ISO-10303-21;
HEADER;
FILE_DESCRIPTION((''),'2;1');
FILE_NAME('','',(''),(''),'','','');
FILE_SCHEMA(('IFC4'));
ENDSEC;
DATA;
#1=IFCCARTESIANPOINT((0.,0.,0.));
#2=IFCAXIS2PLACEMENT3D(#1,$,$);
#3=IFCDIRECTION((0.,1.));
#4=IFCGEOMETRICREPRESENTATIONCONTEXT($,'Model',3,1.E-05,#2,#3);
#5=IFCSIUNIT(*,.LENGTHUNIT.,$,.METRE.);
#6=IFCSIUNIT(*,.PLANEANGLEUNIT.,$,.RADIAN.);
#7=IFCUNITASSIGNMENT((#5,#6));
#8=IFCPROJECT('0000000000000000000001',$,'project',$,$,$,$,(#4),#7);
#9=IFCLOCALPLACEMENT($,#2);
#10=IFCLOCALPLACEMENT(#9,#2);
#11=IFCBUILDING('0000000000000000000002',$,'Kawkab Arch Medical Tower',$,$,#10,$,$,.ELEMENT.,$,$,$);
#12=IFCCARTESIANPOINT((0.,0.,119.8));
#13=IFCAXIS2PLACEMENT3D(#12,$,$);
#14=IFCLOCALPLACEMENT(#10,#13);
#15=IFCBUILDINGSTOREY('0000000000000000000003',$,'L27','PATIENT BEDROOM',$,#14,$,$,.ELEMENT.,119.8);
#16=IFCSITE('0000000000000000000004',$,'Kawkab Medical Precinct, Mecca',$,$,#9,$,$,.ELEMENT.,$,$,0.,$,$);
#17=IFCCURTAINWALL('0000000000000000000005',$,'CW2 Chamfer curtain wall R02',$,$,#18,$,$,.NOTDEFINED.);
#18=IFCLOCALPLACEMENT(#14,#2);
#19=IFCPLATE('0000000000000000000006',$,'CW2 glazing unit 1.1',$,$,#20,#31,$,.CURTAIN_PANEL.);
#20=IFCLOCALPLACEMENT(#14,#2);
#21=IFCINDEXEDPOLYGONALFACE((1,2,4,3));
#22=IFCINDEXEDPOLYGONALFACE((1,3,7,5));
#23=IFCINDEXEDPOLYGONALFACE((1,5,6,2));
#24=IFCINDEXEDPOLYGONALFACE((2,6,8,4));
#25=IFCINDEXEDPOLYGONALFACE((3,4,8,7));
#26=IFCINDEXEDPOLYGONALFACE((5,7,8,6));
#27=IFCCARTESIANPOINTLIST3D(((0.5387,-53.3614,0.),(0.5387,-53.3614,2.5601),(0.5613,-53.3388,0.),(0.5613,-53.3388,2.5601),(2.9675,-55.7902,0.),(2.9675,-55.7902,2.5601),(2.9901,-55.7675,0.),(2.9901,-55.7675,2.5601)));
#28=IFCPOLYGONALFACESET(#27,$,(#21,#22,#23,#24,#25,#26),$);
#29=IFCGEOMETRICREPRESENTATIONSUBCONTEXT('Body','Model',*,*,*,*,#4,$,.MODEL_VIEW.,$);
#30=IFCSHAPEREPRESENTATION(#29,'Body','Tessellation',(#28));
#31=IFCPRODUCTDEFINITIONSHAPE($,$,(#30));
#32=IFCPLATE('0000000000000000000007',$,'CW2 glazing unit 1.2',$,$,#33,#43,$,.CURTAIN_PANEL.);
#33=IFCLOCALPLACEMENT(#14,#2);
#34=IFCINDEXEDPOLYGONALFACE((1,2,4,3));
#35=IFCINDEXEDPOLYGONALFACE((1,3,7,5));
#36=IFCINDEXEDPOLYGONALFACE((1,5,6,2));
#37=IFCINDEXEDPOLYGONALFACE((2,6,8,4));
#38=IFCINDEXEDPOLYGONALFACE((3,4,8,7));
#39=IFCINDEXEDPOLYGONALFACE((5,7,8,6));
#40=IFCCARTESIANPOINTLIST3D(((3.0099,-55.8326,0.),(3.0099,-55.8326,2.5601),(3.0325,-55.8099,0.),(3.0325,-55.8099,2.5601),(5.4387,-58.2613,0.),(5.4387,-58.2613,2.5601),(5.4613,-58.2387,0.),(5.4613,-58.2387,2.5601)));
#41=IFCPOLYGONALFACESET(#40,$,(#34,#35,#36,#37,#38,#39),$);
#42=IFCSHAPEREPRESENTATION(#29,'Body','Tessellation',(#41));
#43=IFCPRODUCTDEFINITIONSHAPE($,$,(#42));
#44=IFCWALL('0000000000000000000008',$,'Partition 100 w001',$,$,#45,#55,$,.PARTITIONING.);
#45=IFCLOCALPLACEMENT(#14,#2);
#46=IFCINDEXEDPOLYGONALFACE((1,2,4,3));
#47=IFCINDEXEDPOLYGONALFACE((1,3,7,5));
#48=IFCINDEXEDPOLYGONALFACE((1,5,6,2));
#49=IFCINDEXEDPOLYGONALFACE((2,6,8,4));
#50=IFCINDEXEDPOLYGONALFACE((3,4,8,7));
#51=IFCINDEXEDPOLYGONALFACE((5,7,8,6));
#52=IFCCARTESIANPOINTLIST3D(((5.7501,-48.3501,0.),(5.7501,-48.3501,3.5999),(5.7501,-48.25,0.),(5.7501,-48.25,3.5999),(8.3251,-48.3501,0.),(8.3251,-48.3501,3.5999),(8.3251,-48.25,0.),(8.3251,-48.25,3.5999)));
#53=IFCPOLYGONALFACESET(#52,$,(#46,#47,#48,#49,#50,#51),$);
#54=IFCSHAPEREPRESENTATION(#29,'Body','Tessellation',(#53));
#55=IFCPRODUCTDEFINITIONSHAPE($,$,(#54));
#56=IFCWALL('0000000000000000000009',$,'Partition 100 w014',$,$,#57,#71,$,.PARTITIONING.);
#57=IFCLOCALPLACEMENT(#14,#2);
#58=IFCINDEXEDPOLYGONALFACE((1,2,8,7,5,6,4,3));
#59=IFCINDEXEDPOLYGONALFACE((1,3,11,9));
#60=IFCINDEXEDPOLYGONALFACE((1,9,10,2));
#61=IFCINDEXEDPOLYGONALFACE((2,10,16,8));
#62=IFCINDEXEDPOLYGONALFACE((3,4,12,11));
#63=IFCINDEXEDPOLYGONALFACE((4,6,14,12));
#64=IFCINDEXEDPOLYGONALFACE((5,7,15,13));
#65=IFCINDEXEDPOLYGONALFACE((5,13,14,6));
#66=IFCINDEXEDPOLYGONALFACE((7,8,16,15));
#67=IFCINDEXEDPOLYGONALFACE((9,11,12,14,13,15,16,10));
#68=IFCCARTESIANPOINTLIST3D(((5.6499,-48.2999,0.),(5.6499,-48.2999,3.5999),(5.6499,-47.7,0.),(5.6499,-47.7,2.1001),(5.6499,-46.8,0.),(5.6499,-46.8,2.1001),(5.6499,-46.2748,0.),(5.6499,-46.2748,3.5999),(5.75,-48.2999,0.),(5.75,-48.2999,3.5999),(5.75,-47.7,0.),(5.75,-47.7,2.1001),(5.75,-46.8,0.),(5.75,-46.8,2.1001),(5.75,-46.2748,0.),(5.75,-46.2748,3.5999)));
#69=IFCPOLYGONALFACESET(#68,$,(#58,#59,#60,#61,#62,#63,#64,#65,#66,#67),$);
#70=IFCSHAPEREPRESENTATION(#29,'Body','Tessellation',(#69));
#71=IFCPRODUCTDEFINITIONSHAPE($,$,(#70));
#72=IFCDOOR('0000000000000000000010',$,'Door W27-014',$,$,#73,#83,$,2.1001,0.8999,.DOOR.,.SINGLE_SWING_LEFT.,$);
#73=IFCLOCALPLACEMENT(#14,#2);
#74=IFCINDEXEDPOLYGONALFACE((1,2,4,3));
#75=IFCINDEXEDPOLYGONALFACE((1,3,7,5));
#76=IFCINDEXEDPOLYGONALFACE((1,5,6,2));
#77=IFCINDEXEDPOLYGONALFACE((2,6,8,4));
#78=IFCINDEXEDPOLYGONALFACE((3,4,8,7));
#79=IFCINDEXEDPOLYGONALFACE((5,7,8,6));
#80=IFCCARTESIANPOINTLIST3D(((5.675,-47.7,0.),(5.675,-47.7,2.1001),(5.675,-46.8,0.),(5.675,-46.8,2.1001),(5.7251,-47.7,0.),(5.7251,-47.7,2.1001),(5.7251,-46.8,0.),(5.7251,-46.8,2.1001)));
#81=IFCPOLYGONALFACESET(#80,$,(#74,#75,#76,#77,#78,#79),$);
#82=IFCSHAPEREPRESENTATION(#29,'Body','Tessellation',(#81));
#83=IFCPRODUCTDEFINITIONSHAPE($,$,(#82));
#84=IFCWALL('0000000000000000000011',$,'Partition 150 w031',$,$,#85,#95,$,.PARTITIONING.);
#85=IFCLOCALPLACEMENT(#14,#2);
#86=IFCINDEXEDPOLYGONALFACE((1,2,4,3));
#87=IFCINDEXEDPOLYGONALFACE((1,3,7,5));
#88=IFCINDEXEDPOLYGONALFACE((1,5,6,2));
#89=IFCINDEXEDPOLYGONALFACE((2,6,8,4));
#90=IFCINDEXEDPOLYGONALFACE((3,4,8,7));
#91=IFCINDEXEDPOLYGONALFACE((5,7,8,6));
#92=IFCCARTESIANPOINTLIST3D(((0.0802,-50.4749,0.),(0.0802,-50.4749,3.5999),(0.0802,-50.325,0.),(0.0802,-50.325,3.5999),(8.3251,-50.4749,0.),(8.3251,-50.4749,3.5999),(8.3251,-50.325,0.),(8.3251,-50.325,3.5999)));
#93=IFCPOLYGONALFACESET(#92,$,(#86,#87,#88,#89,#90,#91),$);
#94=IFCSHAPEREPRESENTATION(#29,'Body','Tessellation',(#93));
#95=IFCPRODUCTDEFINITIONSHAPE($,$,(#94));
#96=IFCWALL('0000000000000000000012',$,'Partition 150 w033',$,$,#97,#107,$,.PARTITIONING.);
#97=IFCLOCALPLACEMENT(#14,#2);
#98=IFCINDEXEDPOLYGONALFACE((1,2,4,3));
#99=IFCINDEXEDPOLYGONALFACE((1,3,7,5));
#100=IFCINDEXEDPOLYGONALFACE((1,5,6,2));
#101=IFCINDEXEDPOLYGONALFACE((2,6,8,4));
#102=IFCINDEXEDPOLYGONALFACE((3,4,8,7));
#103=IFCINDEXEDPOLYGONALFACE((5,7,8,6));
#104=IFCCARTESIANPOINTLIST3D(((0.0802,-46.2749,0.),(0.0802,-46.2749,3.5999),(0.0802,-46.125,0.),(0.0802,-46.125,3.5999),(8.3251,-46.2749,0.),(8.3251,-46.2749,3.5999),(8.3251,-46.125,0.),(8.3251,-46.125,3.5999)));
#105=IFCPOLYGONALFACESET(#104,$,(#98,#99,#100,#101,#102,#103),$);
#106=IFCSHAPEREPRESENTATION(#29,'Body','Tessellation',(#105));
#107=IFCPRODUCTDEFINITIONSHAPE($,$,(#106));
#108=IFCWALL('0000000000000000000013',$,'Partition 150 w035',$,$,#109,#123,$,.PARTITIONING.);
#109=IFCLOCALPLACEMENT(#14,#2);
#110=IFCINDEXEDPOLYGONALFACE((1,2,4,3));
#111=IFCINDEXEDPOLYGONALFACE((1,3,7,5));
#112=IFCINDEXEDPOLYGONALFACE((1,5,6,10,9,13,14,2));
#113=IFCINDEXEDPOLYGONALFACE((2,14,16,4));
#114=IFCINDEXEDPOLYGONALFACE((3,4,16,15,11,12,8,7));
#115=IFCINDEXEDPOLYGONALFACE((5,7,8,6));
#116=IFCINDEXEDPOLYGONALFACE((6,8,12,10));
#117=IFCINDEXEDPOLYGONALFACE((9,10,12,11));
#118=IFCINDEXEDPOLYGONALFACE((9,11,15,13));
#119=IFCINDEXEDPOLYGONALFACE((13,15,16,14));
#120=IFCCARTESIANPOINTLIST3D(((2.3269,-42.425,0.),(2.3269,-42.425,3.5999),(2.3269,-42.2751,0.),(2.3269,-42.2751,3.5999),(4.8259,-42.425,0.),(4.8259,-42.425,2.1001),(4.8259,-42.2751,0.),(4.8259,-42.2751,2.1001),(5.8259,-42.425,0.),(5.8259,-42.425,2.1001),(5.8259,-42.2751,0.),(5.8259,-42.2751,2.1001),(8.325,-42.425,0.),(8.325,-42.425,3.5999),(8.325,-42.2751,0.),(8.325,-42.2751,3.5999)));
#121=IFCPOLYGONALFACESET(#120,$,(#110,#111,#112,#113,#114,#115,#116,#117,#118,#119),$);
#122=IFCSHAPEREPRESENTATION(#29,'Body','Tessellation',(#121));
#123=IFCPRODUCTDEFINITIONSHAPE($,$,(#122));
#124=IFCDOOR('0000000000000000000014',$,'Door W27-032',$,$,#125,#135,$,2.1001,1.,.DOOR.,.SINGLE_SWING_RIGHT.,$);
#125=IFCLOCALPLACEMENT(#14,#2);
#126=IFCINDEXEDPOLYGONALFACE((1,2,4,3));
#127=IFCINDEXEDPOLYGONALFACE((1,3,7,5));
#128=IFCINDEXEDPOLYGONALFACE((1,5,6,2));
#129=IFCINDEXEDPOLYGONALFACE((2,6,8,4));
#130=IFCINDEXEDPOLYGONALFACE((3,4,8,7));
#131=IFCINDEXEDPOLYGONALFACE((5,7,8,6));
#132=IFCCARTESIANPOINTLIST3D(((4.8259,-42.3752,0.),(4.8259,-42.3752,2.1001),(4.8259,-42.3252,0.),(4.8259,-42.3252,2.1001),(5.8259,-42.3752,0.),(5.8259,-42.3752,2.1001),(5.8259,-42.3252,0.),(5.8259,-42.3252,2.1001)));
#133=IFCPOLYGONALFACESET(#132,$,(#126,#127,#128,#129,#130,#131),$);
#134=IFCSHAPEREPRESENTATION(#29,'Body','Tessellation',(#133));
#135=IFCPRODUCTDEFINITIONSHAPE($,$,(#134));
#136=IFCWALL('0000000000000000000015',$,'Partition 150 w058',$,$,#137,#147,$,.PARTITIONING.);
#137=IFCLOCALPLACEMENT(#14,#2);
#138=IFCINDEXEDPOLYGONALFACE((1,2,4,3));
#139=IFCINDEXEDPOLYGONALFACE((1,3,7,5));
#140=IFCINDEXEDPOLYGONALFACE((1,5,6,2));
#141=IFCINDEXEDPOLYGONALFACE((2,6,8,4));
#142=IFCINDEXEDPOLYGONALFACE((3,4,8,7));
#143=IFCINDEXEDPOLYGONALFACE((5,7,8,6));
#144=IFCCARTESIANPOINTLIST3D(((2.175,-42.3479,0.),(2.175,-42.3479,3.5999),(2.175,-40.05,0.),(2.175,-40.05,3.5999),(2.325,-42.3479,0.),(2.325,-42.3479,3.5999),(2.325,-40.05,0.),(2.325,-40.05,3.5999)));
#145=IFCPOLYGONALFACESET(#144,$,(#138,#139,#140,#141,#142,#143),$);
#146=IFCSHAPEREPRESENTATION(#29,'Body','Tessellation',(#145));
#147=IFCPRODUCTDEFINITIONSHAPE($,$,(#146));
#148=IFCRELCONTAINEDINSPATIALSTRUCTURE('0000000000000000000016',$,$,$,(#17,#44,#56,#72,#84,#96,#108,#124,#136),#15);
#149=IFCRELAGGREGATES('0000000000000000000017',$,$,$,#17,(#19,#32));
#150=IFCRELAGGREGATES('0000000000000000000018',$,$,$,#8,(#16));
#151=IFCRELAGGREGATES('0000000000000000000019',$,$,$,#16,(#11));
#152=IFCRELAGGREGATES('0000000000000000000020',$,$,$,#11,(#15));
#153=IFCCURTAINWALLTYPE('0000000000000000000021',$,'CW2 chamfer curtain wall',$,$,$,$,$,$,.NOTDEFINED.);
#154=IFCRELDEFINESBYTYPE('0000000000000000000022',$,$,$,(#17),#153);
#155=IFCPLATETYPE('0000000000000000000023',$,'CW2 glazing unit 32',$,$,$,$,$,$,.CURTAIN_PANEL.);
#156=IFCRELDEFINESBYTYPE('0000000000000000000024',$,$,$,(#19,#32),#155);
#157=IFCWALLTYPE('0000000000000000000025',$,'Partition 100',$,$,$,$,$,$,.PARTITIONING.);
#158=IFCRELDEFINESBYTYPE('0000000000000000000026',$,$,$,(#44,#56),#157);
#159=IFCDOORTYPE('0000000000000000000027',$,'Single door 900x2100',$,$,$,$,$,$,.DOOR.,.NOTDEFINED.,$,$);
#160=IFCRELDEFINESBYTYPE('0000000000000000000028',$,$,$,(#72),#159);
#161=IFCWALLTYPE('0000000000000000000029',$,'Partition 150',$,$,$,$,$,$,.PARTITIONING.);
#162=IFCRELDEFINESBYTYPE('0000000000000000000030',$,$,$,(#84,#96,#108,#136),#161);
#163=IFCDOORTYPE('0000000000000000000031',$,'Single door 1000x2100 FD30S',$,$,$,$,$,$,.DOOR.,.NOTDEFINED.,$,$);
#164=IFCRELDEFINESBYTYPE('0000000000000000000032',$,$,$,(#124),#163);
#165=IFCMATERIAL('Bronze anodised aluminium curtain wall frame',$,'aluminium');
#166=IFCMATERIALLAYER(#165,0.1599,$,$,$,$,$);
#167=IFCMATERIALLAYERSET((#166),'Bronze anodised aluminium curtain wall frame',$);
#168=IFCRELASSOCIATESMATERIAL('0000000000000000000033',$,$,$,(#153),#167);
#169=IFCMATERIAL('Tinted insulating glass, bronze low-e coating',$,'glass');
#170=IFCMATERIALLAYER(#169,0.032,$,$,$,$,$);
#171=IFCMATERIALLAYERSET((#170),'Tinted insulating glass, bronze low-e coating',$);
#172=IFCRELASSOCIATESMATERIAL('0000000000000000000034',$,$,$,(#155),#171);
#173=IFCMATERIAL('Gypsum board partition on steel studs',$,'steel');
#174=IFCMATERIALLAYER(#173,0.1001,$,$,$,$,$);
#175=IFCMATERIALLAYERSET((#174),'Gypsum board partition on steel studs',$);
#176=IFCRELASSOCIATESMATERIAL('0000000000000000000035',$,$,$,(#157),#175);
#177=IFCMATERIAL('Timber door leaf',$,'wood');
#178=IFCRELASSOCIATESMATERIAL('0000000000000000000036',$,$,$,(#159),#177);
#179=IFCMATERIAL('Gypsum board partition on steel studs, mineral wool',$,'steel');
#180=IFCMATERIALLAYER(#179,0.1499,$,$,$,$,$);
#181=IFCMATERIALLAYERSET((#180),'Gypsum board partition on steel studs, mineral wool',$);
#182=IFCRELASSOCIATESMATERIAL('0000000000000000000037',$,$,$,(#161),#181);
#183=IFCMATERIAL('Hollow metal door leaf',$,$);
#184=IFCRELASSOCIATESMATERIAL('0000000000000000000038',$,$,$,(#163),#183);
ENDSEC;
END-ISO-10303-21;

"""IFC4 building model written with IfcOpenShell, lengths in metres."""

from ifc_helpers import new_model, si_unit, direction, frame, frame_2d, origin, origin_2d, place, context, subcontext, project, spatial, rectangle, extrude, material, layer, layer_set, type_object, element, fill, aggregate, save


model = new_model("IFC4")

# Units and contexts
model_context = context("Model", 3, precision=1e-05, world=origin(), true_north=direction((0.0, 1.0)))
body_context = subcontext(model_context, "Body", "Model", "MODEL_VIEW")
ifc_project = project(units=[si_unit("LENGTHUNIT", "METRE"), si_unit("PLANEANGLEUNIT", "RADIAN")], contexts=[model_context])

# Site, building, storey
site_placement = place(None, origin())
site = spatial("IfcSite", under=ifc_project, at=site_placement, Name="Kawkab Medical Precinct, Mecca", CompositionType="ELEMENT", RefElevation=0.0)
building_placement = place(site_placement, origin())
building = spatial("IfcBuilding", under=site, at=building_placement, Name="Kawkab Arch Medical Tower", CompositionType="ELEMENT")
storey_placement = place(building_placement, frame((0.0, 0.0, 119.8)))
storey = spatial("IfcBuildingStorey", under=building, at=storey_placement, Name="L27", Description="PATIENT BEDROOM", CompositionType="ELEMENT", Elevation=119.8)

# Shared definitions
placement = place(storey_placement, origin())

# Curtain wall
ifc_material_1 = material(Name="Bronze anodised aluminium curtain wall frame", Category="aluminium")
ifc_layer_1 = layer(ifc_material_1, 0.1599)
ifc_layer_set_1 = layer_set([ifc_layer_1], Name="Bronze anodised aluminium curtain wall frame")
curtain_wall_type_1 = type_object("IfcCurtainWallType", Name="CW2 chamfer curtain wall", PredefinedType="NOTDEFINED", material=ifc_layer_set_1)
curtain_wall_1 = element("IfcCurtainWall", 1, at=placement, inside=storey, type_object=curtain_wall_type_1, Name="CW2 Chamfer curtain wall R02", PredefinedType="NOTDEFINED")

# Plates
ifc_material_2 = material(Name="Tinted insulating glass, bronze low-e coating", Category="glass")
ifc_layer_2 = layer(ifc_material_2, 0.032)
ifc_layer_set_2 = layer_set([ifc_layer_2], Name="Tinted insulating glass, bronze low-e coating")
plate_type_1 = type_object("IfcPlateType", Name="CW2 glazing unit 32", PredefinedType="CURTAIN_PANEL", material=ifc_layer_set_2)
plate_1_placement = place(storey_placement, frame((1.7644, -54.5645, 0.0), z_axis=(0.0, 0.0, 1.0), x_axis=(0.707107, -0.707107, 0.0)))
plate_1 = element("IfcPlate", 2, at=plate_1_placement, type_object=plate_type_1, Name="CW2 glazing unit 1.1", PredefinedType="CURTAIN_PANEL", context=body_context, shape_type="SweptSolid", body=[
    extrude(rectangle(XDim=3.4348, YDim=0.032, at=origin_2d()), origin(), (0.0, 0.0, 1.0), 2.5601),
])
plate_2_placement = place(storey_placement, frame((4.2356, -57.0356, 0.0), z_axis=(0.0, 0.0, 1.0), x_axis=(0.707107, -0.707107, 0.0)))
plate_2 = element("IfcPlate", 3, at=plate_2_placement, type_object=plate_type_1, Name="CW2 glazing unit 1.2", PredefinedType="CURTAIN_PANEL", context=body_context, shape_type="SweptSolid", body=[
    extrude(rectangle(XDim=3.4348, YDim=0.032, at=origin_2d()), origin(), (0.0, 0.0, 1.0), 2.5601),
])
aggregate(curtain_wall_1, [plate_1, plate_2])

# Wall
ifc_material_3 = material(Name="Gypsum board partition on steel studs", Category="steel")
ifc_layer_3 = layer(ifc_material_3, 0.1001)
ifc_layer_set_3 = layer_set([ifc_layer_3], Name="Gypsum board partition on steel studs")
wall_type_1 = type_object("IfcWallType", Name="Partition 100", PredefinedType="PARTITIONING", material=ifc_layer_set_3)
wall_1_placement = place(storey_placement, frame((5.75, -48.3, 0.0), z_axis=(0.0, 0.0, 1.0), x_axis=(1.0, 0.0, 0.0)))
element("IfcWall", 4, at=wall_1_placement, inside=storey, type_object=wall_type_1, Name="Partition 100 w001", PredefinedType="PARTITIONING", context=body_context, shape_type="SweptSolid", body=[
    extrude(rectangle(XDim=2.575, YDim=0.1001, at=frame_2d((1.2876, 0.0))), origin(), (0.0, 0.0, 1.0), 3.5999),
])

# Wall, opening, door
wall_2_placement = place(storey_placement, frame((5.7, -48.3, 0.0), z_axis=(0.0, 0.0, 1.0), x_axis=(0.0, 1.0, 0.0)))
wall_2 = element("IfcWall", 5, at=wall_2_placement, inside=storey, type_object=wall_type_1, Name="Partition 100 w014", PredefinedType="PARTITIONING", context=body_context, shape_type="SweptSolid", body=[
    extrude(rectangle(XDim=2.0251, YDim=0.1001, at=frame_2d((1.0127, 0.0))), origin(), (0.0, 0.0, 1.0), 3.5999),
])
opening_1_placement = place(wall_2_placement, frame((0.6001, 0.0, 0.0)))
opening_1 = element("IfcOpeningElement", 6, at=opening_1_placement, cuts=wall_2, PredefinedType="OPENING", context=body_context, shape_type="SweptSolid", body=[
    extrude(rectangle(XDim=0.8999, YDim=2.1001, at=frame_2d((0.45, 1.05))), frame((0.0, 0.0601, 0.0), z_axis=(0.0, -1.0, 0.0), x_axis=(1.0, 0.0, 0.0)), (0.0, 0.0, 1.0), 0.1201),
])
ifc_material_4 = material(Name="Timber door leaf", Category="wood")
door_type_1 = type_object("IfcDoorType", Name="Single door 900x2100", OperationType="NOTDEFINED", PredefinedType="DOOR", material=ifc_material_4)
door_1_placement = place(opening_1_placement, origin())
door_1 = element("IfcDoor", 7, at=door_1_placement, inside=storey, type_object=door_type_1, Name="Door W27-014", OperationType="SINGLE_SWING_LEFT", OverallHeight=2.1001, OverallWidth=0.8999, PredefinedType="DOOR", context=body_context, shape_type="SweptSolid", body=[
    extrude(rectangle(XDim=0.8999, YDim=2.1001, at=frame_2d((0.45, 1.05))), frame((0.0, 0.0249, 0.0), z_axis=(0.0, -1.0, 0.0), x_axis=(1.0, 0.0, 0.0)), (0.0, 0.0, 1.0), 0.05),
])
fill(opening_1, door_1)

# Walls
ifc_material_5 = material(Name="Gypsum board partition on steel studs, mineral wool", Category="steel")
ifc_layer_4 = layer(ifc_material_5, 0.1499)
ifc_layer_set_4 = layer_set([ifc_layer_4], Name="Gypsum board partition on steel studs, mineral wool")
wall_type_2 = type_object("IfcWallType", Name="Partition 150", PredefinedType="PARTITIONING", material=ifc_layer_set_4)
for number, where, z_axis, x_axis, name in (
    (8, (0.0801, -50.3999, 0.0), (0.0, 0.0, 1.0), (1.0, 0.0, 0.0), "Partition 150 w031"),
    (9, (0.0801, -46.2, 0.0), (0.0, 0.0, 1.0), (1.0, 0.0, 0.0), "Partition 150 w033"),
):
    element("IfcWall", number, at=place(storey_placement, frame(where, z_axis=z_axis, x_axis=x_axis)), inside=storey, type_object=wall_type_2, Name=name, PredefinedType="PARTITIONING", context=body_context, shape_type="SweptSolid", body=[
        extrude(rectangle(XDim=8.2449, YDim=0.1499, at=frame_2d((4.1226, 0.0))), origin(), (0.0, 0.0, 1.0), 3.5999),
    ])

# Wall, opening, door
wall_3_placement = place(storey_placement, frame((2.3269, -42.3501, 0.0), z_axis=(0.0, 0.0, 1.0), x_axis=(1.0, 0.0, 0.0)))
wall_3 = element("IfcWall", 10, at=wall_3_placement, inside=storey, type_object=wall_type_2, Name="Partition 150 w035", PredefinedType="PARTITIONING", context=body_context, shape_type="SweptSolid", body=[
    extrude(rectangle(XDim=5.998, YDim=0.1499, at=frame_2d((2.999, 0.0))), origin(), (0.0, 0.0, 1.0), 3.5999),
])
opening_2_placement = place(wall_3_placement, frame((2.499, 0.0, 0.0)))
opening_2 = element("IfcOpeningElement", 11, at=opening_2_placement, cuts=wall_3, PredefinedType="OPENING", context=body_context, shape_type="SweptSolid", body=[
    extrude(rectangle(XDim=1.0, YDim=2.1001, at=frame_2d((0.5, 1.05))), frame((0.0, 0.085, 0.0), z_axis=(0.0, -1.0, 0.0), x_axis=(1.0, 0.0, 0.0)), (0.0, 0.0, 1.0), 0.1699),
])
ifc_material_6 = material(Name="Hollow metal door leaf")
door_type_2 = type_object("IfcDoorType", Name="Single door 1000x2100 FD30S", OperationType="NOTDEFINED", PredefinedType="DOOR", material=ifc_material_6)
door_2_placement = place(opening_2_placement, origin())
door_2 = element("IfcDoor", 12, at=door_2_placement, inside=storey, type_object=door_type_2, Name="Door W27-032", OperationType="SINGLE_SWING_RIGHT", OverallHeight=2.1001, OverallWidth=1.0, PredefinedType="DOOR", context=body_context, shape_type="SweptSolid", body=[
    extrude(rectangle(XDim=1.0, YDim=2.1001, at=frame_2d((0.5, 1.05))), frame((0.0, 0.0249, 0.0), z_axis=(0.0, -1.0, 0.0), x_axis=(1.0, 0.0, 0.0)), (0.0, 0.0, 1.0), 0.05),
])
fill(opening_2, door_2)

# Wall
wall_4_placement = place(storey_placement, frame((2.25, -42.3479, 0.0), z_axis=(0.0, 0.0, 1.0), x_axis=(0.0, 1.0, 0.0)))
element("IfcWall", 13, at=wall_4_placement, inside=storey, type_object=wall_type_2, Name="Partition 150 w058", PredefinedType="PARTITIONING", context=body_context, shape_type="SweptSolid", body=[
    extrude(rectangle(XDim=2.2979, YDim=0.1499, at=frame_2d((1.1489, 0.0))), origin(), (0.0, 0.0, 1.0), 3.5999),
])

save(model, "model.ifc")
